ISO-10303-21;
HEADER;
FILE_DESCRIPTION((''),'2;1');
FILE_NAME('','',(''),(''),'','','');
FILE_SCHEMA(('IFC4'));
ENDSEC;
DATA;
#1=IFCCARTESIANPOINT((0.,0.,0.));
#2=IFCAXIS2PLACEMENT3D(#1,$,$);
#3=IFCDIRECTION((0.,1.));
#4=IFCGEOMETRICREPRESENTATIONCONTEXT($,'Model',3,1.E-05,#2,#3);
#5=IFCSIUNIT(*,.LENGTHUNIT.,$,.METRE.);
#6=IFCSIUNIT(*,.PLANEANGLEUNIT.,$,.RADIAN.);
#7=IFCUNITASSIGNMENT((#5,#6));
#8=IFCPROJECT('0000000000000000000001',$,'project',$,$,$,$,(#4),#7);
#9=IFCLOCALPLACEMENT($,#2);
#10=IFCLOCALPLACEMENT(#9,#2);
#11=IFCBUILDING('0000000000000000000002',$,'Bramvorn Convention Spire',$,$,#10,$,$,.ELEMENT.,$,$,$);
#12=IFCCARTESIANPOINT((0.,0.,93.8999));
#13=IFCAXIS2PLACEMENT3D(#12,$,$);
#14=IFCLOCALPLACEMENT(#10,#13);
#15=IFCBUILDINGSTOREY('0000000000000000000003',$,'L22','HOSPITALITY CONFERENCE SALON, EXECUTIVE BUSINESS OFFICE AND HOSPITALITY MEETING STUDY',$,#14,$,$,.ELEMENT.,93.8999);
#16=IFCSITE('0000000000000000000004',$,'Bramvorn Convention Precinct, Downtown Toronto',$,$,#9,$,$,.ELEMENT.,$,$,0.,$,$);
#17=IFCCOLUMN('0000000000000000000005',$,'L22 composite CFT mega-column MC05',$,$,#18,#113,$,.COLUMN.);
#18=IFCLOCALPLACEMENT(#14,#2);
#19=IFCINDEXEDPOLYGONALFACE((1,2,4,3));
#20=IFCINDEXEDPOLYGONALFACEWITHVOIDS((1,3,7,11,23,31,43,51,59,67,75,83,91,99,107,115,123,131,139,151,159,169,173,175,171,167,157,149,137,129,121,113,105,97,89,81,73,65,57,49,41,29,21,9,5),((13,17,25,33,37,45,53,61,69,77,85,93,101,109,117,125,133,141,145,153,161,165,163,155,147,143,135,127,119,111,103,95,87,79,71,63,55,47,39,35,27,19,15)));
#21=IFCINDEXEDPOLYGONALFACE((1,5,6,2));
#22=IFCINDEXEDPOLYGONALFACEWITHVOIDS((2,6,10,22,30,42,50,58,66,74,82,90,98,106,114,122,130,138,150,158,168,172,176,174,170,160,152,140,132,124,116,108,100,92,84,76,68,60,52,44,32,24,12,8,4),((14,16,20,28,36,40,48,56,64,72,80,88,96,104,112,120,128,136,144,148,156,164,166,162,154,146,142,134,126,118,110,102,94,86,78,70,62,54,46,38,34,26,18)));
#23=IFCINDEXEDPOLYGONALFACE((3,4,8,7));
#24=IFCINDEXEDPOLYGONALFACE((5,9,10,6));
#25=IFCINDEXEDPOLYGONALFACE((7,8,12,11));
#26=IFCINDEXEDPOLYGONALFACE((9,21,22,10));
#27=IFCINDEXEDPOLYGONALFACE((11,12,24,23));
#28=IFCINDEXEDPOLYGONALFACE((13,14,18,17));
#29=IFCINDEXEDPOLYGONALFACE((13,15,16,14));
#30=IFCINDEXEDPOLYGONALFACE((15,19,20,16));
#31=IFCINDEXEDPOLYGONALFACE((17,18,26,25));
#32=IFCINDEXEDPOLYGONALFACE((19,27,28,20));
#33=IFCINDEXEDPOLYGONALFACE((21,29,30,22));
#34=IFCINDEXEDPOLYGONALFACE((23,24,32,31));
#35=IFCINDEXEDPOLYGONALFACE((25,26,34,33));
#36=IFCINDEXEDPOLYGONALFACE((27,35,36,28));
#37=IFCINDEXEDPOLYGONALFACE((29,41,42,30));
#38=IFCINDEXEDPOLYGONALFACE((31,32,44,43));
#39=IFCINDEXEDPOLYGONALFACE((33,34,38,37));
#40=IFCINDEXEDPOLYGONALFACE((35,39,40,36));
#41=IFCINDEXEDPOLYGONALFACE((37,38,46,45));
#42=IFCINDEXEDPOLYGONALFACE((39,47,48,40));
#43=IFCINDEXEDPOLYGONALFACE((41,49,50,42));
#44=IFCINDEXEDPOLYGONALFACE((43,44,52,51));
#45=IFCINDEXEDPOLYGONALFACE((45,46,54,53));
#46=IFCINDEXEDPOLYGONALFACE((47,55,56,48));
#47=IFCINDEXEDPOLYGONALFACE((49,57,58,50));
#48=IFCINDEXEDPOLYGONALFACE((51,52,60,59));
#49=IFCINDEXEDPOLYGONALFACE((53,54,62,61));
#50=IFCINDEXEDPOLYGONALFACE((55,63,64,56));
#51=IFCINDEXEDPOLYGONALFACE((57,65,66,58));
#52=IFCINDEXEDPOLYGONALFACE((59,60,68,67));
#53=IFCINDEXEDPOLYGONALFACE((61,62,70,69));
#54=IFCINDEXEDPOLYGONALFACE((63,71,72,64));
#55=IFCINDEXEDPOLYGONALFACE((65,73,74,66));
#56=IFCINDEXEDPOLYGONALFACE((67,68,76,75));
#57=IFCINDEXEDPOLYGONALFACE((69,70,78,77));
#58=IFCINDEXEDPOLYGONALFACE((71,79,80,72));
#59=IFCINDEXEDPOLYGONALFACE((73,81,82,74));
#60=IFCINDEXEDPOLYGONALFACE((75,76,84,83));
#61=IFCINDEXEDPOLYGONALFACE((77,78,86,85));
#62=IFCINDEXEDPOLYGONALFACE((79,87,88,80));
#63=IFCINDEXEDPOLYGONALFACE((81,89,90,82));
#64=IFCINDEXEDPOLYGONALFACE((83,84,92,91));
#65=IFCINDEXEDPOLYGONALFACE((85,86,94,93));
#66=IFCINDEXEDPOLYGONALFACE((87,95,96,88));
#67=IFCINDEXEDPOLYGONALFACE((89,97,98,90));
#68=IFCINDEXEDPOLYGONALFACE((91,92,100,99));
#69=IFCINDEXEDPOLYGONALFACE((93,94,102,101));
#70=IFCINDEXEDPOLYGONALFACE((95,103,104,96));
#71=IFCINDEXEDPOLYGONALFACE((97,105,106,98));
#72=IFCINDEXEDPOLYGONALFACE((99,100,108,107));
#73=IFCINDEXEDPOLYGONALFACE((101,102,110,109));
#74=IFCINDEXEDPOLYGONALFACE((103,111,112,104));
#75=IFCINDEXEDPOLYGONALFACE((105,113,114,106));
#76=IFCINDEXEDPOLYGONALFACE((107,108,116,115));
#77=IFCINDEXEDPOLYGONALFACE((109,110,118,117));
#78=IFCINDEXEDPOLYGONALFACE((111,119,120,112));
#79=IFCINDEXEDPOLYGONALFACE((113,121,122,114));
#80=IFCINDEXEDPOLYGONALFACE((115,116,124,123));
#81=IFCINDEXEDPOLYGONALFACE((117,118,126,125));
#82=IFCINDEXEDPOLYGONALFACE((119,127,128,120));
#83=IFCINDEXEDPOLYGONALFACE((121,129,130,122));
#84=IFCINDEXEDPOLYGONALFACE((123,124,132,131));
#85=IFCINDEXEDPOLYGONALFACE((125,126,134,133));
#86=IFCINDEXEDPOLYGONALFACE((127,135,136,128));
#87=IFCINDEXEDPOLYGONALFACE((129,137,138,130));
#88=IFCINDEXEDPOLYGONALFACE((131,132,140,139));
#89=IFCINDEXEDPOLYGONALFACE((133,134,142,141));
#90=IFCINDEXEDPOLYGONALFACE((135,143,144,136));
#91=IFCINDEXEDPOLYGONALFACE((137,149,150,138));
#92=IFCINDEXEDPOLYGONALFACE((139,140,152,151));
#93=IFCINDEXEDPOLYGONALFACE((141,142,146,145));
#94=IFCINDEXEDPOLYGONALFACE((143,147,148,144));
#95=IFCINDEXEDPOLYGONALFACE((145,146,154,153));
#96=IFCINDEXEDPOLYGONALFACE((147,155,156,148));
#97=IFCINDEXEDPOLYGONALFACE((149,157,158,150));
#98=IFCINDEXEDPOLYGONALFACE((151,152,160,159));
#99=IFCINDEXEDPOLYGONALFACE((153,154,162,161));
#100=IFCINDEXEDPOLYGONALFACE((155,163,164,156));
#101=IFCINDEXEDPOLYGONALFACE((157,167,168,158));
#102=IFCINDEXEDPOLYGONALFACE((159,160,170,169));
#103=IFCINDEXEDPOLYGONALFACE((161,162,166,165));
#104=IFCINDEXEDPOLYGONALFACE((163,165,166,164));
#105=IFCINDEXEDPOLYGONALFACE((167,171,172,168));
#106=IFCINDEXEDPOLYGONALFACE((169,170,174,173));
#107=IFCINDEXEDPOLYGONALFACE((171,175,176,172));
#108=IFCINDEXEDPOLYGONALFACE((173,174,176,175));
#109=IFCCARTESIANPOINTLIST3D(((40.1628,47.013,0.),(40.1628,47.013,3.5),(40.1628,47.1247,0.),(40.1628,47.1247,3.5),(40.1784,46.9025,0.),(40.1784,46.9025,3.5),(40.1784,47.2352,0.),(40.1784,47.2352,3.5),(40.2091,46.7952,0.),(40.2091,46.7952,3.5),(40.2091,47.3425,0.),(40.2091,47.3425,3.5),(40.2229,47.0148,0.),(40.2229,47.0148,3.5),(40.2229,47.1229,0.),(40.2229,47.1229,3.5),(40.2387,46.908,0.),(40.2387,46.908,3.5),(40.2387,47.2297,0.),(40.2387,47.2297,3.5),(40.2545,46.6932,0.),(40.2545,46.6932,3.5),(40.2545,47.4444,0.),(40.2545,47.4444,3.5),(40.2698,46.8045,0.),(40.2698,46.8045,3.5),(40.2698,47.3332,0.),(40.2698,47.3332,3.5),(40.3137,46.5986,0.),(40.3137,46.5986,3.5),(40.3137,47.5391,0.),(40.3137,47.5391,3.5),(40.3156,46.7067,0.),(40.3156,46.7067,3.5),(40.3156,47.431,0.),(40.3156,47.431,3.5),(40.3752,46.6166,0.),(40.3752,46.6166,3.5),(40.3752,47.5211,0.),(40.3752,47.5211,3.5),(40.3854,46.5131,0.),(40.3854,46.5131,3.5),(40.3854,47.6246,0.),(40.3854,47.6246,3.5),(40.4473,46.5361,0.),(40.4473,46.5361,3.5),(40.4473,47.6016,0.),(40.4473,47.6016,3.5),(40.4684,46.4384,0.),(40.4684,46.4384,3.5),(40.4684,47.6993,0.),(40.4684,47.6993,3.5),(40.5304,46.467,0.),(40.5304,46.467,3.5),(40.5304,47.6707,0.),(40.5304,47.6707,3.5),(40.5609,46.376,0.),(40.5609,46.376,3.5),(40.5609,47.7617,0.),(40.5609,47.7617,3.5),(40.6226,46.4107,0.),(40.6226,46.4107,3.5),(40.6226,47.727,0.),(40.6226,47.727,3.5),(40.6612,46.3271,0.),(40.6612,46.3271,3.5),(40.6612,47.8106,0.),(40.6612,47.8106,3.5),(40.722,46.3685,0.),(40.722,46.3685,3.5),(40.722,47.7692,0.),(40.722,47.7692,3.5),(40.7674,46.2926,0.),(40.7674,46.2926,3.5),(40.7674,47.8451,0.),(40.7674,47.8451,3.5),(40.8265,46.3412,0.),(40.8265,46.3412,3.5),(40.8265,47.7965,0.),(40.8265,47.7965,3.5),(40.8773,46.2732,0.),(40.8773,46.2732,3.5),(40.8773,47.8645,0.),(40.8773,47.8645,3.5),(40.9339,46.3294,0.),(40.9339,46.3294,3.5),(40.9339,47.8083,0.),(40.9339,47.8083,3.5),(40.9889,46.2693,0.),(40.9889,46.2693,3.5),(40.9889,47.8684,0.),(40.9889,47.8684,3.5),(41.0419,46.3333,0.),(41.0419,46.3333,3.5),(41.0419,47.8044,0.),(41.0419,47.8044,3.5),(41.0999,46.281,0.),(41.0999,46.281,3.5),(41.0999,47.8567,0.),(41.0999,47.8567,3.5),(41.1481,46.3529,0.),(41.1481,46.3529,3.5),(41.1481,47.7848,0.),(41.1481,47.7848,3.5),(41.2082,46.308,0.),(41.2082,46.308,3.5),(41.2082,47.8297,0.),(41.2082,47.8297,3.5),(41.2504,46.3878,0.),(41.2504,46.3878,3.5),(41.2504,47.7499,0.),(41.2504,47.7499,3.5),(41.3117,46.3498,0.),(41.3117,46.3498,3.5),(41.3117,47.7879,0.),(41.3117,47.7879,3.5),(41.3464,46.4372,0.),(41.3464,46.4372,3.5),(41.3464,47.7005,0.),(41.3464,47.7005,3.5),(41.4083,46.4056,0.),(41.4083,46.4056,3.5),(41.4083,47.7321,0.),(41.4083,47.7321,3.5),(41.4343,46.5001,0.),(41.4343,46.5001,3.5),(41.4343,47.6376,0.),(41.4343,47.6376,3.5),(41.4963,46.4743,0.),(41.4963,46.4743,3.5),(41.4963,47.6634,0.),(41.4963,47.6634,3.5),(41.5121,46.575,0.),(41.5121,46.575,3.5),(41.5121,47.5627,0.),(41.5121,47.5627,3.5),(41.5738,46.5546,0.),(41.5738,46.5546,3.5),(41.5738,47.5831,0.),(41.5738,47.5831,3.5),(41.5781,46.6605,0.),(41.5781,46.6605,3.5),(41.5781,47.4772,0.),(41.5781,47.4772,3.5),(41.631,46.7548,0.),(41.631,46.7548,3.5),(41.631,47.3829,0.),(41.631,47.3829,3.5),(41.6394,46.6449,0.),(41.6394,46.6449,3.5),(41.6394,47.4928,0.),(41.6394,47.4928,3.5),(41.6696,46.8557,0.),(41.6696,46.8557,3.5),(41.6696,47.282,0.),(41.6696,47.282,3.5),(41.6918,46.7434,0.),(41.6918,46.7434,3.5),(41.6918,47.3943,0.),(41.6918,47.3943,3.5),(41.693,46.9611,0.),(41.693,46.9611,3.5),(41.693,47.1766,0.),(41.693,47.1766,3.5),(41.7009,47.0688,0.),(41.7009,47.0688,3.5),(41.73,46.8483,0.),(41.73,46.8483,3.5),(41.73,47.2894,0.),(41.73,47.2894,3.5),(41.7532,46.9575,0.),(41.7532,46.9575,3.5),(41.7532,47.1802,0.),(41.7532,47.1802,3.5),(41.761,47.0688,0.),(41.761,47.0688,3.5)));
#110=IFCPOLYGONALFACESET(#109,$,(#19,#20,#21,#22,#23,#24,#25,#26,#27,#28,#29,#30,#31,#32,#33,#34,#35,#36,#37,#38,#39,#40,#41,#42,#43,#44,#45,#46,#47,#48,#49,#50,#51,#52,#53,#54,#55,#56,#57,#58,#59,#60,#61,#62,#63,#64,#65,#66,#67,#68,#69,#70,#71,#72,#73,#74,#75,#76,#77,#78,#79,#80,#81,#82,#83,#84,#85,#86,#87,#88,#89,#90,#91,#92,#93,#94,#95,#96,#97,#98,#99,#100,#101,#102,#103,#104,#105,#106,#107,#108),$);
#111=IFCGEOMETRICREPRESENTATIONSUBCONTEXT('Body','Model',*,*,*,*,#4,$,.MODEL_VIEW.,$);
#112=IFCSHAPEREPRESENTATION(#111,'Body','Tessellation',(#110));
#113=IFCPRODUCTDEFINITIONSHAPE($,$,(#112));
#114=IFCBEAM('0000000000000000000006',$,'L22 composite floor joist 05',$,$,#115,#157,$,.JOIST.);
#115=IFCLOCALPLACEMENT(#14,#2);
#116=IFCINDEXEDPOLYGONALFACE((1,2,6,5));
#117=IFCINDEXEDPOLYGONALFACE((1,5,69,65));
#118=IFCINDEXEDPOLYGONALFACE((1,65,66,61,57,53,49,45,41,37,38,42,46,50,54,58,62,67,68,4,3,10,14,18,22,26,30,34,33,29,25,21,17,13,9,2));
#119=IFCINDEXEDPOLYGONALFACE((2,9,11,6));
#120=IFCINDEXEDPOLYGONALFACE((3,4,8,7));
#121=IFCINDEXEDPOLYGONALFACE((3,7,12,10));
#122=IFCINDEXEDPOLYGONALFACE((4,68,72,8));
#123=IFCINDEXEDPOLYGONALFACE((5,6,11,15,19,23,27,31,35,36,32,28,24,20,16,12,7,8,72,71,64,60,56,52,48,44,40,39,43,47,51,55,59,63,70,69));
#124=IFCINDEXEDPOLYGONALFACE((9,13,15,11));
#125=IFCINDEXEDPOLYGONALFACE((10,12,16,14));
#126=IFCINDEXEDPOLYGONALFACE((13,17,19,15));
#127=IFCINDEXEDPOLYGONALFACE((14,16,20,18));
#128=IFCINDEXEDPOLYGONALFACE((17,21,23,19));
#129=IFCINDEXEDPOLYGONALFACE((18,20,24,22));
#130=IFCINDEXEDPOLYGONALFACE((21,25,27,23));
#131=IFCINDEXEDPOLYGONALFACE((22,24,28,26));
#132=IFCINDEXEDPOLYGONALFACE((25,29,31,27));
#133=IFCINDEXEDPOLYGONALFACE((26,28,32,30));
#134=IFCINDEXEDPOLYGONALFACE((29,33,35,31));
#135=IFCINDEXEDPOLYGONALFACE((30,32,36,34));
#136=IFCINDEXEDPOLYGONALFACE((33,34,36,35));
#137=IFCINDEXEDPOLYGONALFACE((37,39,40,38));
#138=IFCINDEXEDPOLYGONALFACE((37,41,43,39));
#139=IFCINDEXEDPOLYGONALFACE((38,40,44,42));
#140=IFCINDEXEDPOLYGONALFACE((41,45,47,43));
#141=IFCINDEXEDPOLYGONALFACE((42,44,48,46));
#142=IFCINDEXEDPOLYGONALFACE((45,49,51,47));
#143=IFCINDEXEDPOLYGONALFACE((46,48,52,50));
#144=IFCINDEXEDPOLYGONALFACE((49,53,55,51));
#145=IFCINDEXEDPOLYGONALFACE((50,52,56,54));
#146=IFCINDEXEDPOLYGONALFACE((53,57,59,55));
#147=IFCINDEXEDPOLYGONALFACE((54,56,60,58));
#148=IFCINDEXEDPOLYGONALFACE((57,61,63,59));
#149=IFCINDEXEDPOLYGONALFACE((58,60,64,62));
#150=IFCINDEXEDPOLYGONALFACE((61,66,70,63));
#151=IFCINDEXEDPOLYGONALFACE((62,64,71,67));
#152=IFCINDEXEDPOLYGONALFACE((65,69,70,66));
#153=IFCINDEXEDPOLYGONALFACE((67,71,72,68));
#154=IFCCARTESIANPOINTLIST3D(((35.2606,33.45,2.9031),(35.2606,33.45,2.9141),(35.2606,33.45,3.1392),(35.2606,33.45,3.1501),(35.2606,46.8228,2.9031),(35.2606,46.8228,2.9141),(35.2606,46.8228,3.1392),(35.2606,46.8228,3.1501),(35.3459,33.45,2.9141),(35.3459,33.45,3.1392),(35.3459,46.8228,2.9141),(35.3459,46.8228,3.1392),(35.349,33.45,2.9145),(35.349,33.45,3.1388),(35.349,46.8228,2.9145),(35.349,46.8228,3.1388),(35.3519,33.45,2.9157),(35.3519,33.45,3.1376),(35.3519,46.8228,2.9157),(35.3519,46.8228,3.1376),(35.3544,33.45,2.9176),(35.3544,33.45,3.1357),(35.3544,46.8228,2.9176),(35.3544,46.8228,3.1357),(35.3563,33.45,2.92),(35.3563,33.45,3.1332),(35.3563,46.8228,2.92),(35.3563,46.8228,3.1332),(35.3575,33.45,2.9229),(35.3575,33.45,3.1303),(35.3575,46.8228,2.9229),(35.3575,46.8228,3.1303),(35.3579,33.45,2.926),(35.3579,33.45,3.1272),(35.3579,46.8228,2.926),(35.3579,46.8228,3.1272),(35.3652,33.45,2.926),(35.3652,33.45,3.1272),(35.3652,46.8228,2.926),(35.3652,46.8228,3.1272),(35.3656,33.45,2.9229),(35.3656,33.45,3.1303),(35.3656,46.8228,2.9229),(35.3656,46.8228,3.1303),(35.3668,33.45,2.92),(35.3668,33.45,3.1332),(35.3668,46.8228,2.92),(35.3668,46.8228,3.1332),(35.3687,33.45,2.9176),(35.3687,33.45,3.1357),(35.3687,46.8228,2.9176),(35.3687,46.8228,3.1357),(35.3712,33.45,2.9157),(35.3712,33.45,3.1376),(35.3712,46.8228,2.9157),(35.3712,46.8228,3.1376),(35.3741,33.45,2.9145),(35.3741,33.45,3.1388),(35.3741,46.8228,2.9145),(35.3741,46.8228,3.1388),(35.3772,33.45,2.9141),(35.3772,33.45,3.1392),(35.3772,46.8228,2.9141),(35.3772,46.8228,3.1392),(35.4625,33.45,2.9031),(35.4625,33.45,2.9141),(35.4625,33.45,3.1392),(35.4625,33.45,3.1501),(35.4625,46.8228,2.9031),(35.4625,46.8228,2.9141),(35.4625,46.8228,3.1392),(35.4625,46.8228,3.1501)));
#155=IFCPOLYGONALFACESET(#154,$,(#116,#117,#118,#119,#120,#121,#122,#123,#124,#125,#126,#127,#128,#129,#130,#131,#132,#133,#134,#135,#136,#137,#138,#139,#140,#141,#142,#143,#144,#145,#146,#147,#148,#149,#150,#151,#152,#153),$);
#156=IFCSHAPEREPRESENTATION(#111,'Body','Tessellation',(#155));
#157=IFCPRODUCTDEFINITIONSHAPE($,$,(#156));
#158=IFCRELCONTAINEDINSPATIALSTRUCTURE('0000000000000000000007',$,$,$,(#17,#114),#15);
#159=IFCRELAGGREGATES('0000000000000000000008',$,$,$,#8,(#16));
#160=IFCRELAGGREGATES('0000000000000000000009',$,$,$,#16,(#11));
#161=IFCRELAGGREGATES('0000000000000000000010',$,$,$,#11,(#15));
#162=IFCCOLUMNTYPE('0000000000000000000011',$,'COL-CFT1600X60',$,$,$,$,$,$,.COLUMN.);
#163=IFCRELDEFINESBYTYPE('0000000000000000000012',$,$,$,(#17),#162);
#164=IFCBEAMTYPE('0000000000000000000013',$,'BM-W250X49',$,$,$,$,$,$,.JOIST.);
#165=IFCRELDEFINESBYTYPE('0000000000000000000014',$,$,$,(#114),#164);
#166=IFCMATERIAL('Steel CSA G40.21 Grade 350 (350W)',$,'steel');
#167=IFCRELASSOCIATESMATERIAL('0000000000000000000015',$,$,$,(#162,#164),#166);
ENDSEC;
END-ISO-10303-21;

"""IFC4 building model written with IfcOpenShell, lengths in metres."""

from ifc_helpers import new_model, si_unit, direction, frame, origin, origin_2d, place, context, subcontext, project, spatial, hollow_circle, i_section, extrude, material, material_profile, profile_set, type_object, element, save


model = new_model("IFC4")

# Units and contexts
model_context = context("Model", 3, precision=1e-05, world=origin(), true_north=direction((0.0, 1.0)))
body_context = subcontext(model_context, "Body", "Model", "MODEL_VIEW")
ifc_project = project(units=[si_unit("LENGTHUNIT", "METRE"), si_unit("PLANEANGLEUNIT", "RADIAN")], contexts=[model_context])

# Site, building, storey
site_placement = place(None, origin())
site = spatial("IfcSite", under=ifc_project, at=site_placement, Name="Bramvorn Convention Precinct, Downtown Toronto", CompositionType="ELEMENT", RefElevation=0.0)
building_placement = place(site_placement, origin())
building = spatial("IfcBuilding", under=site, at=building_placement, Name="Bramvorn Convention Spire", CompositionType="ELEMENT")
storey_placement = place(building_placement, frame((0.0, 0.0, 93.8999)))
storey = spatial("IfcBuildingStorey", under=building, at=storey_placement, Name="L22", Description="HOSPITALITY CONFERENCE SALON, EXECUTIVE BUSINESS OFFICE AND HOSPITALITY MEETING STUDY", CompositionType="ELEMENT", Elevation=93.8999)

# Column
ifc_material_1 = material(Name="Steel CSA G40.21 Grade 350 (350W)", Category="steel")
ifc_material_profile_1 = material_profile(ifc_material_1, hollow_circle(Radius=0.8, WallThickness=0.0601, at=origin_2d()))
ifc_profile_set_1 = profile_set([ifc_material_profile_1], Name="Steel CSA G40.21 Grade 350 (350W) - CFT1600X60")
column_type = type_object("IfcColumnType", Name="COL-CFT1600X60", PredefinedType="COLUMN", material=ifc_profile_set_1)
column_placement = place(storey_placement, frame((40.9609, 47.0688, 0.0), z_axis=(0.0, 0.0, 1.0), x_axis=(1.0, 0.0, 0.0)))
element("IfcColumn", 1, at=column_placement, inside=storey, type_object=column_type, Name="L22 composite CFT mega-column MC05", PredefinedType="COLUMN", context=body_context, shape_type="SweptSolid", body=[
    extrude(hollow_circle(Radius=0.8, WallThickness=0.0601, at=origin_2d()), origin(), (0.0, 0.0, 1.0), 3.5),
])

# Beam
ifc_material_profile_2 = material_profile(ifc_material_1, i_section(OverallWidth=0.2019, OverallDepth=0.2471, WebThickness=0.0073, FlangeThickness=0.011, FilletRadius=0.012, at=origin_2d()))
ifc_profile_set_2 = profile_set([ifc_material_profile_2], Name="Steel CSA G40.21 Grade 350 (350W) - W250X49")
beam_type_1 = type_object("IfcBeamType", Name="BM-W250X49", PredefinedType="JOIST", material=ifc_profile_set_2)
beam_1_placement = place(storey_placement, frame((35.3616, 33.45, 3.0266), z_axis=(0.0, 1.0, 0.0), x_axis=(-1.0, 0.0, 0.0)))
element("IfcBeam", 2, at=beam_1_placement, inside=storey, type_object=beam_type_1, Name="L22 composite floor joist 05", PredefinedType="JOIST", context=body_context, shape_type="SweptSolid", body=[
    extrude(i_section(OverallWidth=0.2019, OverallDepth=0.2471, WebThickness=0.0073, FlangeThickness=0.011, FilletRadius=0.012, at=origin_2d()), origin(), (0.0, 0.0, 1.0), 13.3728),
])

save(model, "model.ifc")
